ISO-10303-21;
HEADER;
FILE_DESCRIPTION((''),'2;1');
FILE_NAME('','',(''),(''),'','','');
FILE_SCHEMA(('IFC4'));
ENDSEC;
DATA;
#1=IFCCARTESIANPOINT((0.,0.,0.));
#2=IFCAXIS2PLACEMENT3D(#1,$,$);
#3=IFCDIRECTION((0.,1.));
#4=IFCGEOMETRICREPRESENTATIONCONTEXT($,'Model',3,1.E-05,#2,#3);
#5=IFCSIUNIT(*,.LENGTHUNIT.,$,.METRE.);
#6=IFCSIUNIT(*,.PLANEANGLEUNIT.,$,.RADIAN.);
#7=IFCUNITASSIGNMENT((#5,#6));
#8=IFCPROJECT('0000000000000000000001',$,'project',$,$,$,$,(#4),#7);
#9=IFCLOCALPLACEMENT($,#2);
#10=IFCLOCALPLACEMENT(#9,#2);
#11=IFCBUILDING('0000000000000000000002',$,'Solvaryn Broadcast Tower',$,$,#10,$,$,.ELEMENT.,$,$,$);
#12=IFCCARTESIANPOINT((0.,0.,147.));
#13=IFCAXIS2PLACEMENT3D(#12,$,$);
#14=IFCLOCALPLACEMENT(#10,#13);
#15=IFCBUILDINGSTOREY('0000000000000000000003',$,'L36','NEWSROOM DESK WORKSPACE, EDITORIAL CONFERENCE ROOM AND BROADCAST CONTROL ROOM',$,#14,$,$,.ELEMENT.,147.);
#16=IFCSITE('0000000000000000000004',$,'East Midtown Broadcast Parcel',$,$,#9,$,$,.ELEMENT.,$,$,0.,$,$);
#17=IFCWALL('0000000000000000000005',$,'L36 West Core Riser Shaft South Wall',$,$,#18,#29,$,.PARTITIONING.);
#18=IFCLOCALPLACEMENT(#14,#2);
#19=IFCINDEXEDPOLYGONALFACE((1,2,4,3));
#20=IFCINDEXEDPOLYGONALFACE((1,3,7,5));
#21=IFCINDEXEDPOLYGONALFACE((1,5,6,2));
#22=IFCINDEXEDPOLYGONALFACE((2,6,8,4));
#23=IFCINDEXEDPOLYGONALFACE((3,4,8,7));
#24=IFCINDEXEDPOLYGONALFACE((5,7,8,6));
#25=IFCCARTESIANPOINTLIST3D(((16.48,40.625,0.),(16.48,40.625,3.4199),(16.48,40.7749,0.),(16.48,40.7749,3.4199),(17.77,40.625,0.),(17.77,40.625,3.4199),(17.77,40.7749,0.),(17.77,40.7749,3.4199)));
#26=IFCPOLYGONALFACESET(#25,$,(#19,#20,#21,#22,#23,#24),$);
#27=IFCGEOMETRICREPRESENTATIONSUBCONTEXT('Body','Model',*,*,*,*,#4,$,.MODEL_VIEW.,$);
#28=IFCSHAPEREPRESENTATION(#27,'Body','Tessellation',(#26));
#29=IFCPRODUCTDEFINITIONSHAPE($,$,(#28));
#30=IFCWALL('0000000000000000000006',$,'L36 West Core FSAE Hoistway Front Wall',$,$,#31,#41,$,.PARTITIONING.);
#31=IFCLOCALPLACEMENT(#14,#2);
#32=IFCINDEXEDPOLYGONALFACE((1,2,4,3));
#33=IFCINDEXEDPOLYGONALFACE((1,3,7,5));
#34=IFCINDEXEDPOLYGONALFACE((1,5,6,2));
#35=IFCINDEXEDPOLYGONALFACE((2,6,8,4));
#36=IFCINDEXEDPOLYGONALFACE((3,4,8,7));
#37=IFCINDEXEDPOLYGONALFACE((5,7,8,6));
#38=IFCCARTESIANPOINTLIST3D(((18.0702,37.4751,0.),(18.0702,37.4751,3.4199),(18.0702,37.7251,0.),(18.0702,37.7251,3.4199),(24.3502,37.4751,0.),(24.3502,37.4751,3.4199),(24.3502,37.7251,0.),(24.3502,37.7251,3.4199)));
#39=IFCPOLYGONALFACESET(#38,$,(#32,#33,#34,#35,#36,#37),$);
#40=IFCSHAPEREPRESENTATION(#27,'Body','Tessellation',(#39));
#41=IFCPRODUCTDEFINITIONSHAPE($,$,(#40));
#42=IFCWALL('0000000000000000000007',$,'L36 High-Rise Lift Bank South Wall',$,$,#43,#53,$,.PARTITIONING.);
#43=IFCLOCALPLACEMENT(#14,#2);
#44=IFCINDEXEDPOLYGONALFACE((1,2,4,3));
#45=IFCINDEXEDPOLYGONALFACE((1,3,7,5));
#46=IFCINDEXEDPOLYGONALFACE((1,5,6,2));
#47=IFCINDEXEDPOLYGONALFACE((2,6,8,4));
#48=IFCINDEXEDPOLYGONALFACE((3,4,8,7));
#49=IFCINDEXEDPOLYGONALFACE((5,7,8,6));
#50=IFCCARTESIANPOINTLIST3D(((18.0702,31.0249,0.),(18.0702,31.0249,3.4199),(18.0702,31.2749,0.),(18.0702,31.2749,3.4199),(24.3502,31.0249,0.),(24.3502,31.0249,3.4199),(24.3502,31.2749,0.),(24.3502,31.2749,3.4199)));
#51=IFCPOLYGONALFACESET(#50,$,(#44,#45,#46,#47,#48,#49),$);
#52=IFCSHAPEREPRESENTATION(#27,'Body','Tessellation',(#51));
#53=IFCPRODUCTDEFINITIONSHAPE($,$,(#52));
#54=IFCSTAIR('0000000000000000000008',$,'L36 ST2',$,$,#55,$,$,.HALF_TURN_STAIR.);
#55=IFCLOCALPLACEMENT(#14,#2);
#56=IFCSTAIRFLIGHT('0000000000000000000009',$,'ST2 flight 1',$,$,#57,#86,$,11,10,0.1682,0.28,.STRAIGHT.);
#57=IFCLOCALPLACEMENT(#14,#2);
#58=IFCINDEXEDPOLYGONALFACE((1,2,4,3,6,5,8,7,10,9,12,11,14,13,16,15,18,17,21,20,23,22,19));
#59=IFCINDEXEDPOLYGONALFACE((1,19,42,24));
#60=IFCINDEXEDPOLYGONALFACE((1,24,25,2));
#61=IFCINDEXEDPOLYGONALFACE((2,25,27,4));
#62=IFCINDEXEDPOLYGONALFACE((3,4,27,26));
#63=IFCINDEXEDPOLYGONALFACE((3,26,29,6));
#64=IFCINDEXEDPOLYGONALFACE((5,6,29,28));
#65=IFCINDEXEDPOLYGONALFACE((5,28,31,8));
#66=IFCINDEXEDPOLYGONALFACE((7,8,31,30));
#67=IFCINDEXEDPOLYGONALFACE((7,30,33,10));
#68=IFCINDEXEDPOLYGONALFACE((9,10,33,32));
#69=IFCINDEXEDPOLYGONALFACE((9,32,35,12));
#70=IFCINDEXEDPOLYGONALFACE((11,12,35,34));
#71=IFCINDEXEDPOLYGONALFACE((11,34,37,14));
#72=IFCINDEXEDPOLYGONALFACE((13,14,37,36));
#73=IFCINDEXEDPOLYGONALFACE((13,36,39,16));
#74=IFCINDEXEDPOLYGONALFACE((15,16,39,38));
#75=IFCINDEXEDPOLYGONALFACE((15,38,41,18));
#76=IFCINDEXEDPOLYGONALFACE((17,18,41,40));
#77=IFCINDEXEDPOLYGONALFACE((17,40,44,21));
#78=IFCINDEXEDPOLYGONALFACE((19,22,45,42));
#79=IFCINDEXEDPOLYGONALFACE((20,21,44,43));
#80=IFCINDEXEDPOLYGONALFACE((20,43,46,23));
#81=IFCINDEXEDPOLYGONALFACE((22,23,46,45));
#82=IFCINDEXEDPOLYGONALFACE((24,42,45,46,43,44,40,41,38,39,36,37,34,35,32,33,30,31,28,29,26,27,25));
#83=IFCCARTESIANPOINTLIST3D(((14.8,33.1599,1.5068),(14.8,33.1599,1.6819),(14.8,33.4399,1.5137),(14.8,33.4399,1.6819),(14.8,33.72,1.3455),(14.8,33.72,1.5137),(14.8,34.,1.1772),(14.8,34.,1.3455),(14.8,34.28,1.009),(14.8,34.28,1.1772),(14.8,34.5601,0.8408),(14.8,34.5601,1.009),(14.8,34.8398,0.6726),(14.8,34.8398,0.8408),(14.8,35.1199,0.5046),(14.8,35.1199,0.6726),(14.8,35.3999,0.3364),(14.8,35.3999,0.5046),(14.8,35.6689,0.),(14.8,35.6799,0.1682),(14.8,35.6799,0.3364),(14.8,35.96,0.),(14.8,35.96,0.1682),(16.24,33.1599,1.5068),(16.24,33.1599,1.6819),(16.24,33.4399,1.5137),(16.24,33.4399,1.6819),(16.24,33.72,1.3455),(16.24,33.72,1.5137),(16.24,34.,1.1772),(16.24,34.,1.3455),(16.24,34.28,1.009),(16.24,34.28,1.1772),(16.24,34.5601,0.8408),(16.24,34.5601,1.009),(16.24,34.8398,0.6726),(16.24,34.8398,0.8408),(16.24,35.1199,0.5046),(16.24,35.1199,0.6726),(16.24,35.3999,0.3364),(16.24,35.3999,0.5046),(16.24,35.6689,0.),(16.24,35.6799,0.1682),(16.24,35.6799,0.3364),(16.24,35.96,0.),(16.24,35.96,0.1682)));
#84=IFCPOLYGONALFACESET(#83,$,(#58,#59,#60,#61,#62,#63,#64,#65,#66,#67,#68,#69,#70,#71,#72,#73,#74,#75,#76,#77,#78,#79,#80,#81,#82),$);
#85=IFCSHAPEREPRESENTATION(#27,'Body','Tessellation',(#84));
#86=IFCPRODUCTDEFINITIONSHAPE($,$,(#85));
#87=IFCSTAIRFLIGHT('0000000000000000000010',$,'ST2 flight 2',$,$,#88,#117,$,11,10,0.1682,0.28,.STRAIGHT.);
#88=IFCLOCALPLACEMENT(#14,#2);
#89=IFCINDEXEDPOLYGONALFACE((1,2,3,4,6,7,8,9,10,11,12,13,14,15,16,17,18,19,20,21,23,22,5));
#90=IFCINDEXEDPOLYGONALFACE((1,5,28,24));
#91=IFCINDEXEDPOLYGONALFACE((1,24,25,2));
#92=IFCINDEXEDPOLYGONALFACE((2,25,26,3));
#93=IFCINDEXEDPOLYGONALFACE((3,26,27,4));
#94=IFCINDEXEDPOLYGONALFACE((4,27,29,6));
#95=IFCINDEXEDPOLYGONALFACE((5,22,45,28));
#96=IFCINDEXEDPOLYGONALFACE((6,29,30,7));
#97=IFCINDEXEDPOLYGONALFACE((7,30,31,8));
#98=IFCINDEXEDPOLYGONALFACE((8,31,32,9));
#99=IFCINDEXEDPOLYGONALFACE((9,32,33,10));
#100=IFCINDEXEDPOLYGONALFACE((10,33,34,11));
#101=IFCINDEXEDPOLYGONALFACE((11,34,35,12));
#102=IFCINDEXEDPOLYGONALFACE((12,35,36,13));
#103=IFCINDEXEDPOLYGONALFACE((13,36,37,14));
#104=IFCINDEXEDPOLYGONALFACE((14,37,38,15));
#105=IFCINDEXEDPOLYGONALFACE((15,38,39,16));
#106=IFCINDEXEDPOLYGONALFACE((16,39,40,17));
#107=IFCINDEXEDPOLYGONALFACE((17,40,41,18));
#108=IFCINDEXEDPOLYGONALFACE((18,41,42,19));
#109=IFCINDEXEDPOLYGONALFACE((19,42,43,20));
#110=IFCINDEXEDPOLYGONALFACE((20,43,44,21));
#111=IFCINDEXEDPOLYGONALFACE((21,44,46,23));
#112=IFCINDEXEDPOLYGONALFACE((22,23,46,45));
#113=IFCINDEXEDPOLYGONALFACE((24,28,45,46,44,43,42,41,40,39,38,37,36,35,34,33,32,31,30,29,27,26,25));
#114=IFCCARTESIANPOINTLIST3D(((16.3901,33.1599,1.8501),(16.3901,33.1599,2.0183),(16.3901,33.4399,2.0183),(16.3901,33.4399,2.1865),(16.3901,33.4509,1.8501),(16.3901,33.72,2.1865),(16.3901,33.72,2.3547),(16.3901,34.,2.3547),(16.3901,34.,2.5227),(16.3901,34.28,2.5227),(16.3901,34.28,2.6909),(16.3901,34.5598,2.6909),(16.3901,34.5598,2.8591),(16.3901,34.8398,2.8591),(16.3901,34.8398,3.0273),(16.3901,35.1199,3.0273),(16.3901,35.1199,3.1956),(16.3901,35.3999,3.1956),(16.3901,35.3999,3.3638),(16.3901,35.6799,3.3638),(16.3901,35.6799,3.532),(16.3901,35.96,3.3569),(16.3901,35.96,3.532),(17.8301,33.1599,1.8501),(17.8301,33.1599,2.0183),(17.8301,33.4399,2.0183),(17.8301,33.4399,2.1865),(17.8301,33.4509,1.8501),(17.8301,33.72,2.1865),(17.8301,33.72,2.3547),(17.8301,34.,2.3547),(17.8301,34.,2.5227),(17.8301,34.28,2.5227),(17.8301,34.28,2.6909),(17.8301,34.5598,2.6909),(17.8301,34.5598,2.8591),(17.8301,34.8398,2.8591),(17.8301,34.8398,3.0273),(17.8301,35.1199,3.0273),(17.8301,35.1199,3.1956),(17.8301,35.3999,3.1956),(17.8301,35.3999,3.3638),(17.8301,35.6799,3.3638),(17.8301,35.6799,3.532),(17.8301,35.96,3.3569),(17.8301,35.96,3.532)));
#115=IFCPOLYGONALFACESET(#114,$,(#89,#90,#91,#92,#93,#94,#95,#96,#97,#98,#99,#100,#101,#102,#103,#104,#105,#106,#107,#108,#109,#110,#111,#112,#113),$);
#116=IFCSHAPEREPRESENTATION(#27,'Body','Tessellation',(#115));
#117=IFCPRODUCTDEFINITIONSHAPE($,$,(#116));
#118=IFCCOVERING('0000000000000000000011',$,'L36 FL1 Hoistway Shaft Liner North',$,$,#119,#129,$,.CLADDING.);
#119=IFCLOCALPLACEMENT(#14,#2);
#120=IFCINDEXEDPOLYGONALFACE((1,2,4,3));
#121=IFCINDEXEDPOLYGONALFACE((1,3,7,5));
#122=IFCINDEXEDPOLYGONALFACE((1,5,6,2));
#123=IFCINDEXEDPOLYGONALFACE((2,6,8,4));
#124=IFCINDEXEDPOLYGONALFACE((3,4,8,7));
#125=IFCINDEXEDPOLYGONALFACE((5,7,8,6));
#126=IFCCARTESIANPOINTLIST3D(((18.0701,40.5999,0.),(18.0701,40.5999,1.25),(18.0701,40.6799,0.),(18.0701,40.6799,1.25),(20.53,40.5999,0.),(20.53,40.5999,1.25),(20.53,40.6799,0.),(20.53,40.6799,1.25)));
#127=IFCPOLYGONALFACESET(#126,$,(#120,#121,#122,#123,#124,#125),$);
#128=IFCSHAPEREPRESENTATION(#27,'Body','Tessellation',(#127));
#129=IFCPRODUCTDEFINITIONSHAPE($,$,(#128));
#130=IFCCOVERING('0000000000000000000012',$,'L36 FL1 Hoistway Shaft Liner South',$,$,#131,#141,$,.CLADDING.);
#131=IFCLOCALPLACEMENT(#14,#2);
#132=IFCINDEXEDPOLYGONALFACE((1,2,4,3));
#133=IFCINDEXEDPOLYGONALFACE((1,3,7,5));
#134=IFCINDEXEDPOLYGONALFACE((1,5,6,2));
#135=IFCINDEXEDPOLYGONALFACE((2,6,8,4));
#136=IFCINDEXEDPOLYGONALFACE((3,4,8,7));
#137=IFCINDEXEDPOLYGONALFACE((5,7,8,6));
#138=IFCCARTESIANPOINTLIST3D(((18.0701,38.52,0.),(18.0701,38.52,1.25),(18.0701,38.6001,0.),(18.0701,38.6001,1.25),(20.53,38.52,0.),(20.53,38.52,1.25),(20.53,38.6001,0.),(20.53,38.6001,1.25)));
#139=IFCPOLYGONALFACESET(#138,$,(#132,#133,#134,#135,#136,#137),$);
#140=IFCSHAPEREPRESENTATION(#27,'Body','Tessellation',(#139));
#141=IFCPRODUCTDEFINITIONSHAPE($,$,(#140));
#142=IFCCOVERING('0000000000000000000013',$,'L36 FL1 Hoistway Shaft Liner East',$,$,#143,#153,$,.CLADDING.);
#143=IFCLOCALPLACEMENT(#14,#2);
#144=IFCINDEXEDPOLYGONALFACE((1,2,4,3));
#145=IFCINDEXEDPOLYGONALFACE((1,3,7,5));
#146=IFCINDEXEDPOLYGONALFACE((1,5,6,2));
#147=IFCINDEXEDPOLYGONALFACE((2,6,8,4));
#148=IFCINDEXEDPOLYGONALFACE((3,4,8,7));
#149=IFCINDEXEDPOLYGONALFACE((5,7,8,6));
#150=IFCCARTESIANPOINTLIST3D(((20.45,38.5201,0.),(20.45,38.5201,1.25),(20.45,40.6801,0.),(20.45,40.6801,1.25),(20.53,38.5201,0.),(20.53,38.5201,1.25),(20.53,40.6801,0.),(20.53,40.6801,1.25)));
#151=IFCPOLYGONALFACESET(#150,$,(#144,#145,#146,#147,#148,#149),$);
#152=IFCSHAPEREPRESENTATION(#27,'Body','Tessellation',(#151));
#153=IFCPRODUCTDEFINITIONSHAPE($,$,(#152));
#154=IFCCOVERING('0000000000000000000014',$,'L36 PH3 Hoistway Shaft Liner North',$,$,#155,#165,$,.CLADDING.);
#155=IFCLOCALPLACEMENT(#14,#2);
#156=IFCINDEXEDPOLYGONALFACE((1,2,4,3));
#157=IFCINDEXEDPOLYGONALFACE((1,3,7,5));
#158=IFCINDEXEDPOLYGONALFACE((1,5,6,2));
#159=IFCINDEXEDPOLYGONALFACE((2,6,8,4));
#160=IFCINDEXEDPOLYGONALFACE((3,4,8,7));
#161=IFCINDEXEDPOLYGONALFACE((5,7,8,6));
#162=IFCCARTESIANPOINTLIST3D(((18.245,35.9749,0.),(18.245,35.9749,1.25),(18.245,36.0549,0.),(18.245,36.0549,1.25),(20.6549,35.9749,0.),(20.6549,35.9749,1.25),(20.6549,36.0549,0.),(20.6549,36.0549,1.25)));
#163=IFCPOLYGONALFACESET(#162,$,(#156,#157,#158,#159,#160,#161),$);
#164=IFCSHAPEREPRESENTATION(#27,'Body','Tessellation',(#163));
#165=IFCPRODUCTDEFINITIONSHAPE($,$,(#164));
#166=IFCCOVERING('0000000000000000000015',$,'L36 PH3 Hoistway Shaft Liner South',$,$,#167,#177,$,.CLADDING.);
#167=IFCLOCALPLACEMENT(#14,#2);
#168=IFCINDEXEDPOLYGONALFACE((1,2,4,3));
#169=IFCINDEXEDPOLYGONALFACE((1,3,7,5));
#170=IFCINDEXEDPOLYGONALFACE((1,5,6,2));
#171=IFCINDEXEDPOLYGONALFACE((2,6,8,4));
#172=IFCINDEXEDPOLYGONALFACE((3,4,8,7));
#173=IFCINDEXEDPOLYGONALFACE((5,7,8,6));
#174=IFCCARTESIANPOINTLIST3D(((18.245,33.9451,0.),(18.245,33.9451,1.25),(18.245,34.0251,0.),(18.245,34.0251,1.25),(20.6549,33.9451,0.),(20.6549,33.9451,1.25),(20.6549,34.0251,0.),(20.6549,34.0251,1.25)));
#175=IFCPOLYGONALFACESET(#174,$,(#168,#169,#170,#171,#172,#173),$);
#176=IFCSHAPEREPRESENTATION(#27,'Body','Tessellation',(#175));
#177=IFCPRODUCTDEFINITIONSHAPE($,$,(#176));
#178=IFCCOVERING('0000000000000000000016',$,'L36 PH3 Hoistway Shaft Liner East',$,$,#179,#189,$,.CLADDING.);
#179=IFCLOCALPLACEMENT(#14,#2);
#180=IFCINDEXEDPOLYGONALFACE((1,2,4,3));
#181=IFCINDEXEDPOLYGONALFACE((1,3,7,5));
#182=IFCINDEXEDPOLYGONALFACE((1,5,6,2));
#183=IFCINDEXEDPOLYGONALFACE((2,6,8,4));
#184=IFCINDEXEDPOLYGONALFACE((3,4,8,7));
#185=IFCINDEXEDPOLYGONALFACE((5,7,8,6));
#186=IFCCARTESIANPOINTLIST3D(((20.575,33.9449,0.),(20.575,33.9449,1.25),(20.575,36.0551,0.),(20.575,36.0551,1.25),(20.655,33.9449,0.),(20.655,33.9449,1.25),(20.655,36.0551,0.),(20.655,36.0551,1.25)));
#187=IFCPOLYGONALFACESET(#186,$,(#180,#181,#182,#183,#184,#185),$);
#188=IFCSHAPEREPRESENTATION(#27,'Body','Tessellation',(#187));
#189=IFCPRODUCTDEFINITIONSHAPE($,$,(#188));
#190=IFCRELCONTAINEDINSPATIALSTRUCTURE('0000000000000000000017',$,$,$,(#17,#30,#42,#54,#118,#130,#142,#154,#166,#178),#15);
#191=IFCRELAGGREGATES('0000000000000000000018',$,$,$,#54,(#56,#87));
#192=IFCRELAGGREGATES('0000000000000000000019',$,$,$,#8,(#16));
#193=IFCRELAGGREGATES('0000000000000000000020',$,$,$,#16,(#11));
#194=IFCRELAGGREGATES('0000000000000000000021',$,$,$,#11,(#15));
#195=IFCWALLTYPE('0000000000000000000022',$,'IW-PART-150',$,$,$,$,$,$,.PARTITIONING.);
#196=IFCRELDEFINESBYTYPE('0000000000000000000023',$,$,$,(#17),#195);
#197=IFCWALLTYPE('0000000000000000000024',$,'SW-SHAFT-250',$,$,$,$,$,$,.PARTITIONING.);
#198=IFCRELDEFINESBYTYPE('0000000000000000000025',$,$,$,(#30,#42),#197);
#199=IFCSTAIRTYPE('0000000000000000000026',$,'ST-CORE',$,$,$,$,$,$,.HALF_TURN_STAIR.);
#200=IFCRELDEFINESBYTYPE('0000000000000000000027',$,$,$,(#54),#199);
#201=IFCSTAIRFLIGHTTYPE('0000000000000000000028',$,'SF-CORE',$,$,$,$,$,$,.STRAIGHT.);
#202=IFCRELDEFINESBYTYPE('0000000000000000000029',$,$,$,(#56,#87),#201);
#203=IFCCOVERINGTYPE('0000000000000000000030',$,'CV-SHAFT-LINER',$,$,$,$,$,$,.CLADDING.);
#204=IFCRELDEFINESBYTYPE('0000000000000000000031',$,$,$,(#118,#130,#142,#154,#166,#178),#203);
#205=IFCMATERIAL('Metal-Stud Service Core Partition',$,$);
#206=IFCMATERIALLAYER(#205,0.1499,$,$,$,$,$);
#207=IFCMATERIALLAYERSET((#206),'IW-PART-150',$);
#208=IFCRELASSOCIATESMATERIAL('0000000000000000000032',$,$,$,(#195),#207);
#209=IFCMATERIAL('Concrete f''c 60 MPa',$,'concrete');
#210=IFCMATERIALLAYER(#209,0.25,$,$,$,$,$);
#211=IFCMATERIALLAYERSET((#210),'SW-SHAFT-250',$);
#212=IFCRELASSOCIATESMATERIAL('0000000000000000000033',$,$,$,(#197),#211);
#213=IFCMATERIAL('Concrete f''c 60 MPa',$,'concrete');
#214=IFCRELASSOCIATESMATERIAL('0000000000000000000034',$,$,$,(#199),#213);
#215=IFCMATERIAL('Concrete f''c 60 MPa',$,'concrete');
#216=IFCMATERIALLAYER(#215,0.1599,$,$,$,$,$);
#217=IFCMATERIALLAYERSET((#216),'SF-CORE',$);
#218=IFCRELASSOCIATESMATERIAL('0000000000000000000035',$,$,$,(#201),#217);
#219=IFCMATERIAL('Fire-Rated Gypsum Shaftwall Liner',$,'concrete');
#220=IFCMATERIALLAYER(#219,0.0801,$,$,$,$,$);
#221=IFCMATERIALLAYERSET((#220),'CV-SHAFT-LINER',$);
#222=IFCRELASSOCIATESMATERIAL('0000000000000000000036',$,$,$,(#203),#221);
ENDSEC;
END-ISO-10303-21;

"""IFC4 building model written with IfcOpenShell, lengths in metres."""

from ifc_helpers import new_model, si_unit, direction, frame, frame_2d, origin, origin_2d, place, context, subcontext, project, spatial, polyline, rectangle, outline, extrude, material, layer, layer_set, type_object, element, aggregate, save


model = new_model("IFC4")

# Units and contexts
model_context = context("Model", 3, precision=1e-05, world=origin(), true_north=direction((0.0, 1.0)))
body_context = subcontext(model_context, "Body", "Model", "MODEL_VIEW")
ifc_project = project(units=[si_unit("LENGTHUNIT", "METRE"), si_unit("PLANEANGLEUNIT", "RADIAN")], contexts=[model_context])

# Site, building, storey
site_placement = place(None, origin())
site = spatial("IfcSite", under=ifc_project, at=site_placement, Name="East Midtown Broadcast Parcel", CompositionType="ELEMENT", RefElevation=0.0)
building_placement = place(site_placement, origin())
building = spatial("IfcBuilding", under=site, at=building_placement, Name="Solvaryn Broadcast Tower", CompositionType="ELEMENT")
storey_placement = place(building_placement, frame((0.0, 0.0, 147.0)))
storey = spatial("IfcBuildingStorey", under=building, at=storey_placement, Name="L36", Description="NEWSROOM DESK WORKSPACE, EDITORIAL CONFERENCE ROOM AND BROADCAST CONTROL ROOM", CompositionType="ELEMENT", Elevation=147.0)

# Walls
ifc_material_1 = material(Name="Metal-Stud Service Core Partition")
ifc_layer_1 = layer(ifc_material_1, 0.1499)
ifc_layer_set_1 = layer_set([ifc_layer_1], Name="IW-PART-150")
wall_type_1 = type_object("IfcWallType", Name="IW-PART-150", PredefinedType="PARTITIONING", material=ifc_layer_set_1)
wall_1_placement = place(storey_placement, frame((16.48, 40.7, 0.0), z_axis=(0.0, 0.0, 1.0), x_axis=(1.0, 0.0, 0.0)))
element("IfcWall", 1, at=wall_1_placement, inside=storey, type_object=wall_type_1, Name="L36 West Core Riser Shaft South Wall", PredefinedType="PARTITIONING", context=body_context, shape_type="SweptSolid", body=[
    extrude(rectangle(XDim=1.29, YDim=0.1499, at=frame_2d((0.645, 0.0))), origin(), (0.0, 0.0, 1.0), 3.4199),
])
ifc_material_2 = material(Name="Concrete f'c 60 MPa", Category="concrete")
ifc_layer_2 = layer(ifc_material_2, 0.25)
ifc_layer_set_2 = layer_set([ifc_layer_2], Name="SW-SHAFT-250")
wall_type_2 = type_object("IfcWallType", Name="SW-SHAFT-250", PredefinedType="PARTITIONING", material=ifc_layer_set_2)
for number, where, z_axis, x_axis, name in (
    (2, (18.0701, 37.6001, 0.0), (0.0, 0.0, 1.0), (1.0, 0.0, 0.0), "L36 West Core FSAE Hoistway Front Wall"),
    (3, (18.0701, 31.1499, 0.0), (0.0, 0.0, 1.0), (1.0, 0.0, 0.0), "L36 High-Rise Lift Bank South Wall"),
):
    element("IfcWall", number, at=place(storey_placement, frame(where, z_axis=z_axis, x_axis=x_axis)), inside=storey, type_object=wall_type_2, Name=name, PredefinedType="PARTITIONING", context=body_context, shape_type="SweptSolid", body=[
        extrude(rectangle(XDim=6.28, YDim=0.25, at=frame_2d((3.1401, 0.0))), origin(), (0.0, 0.0, 1.0), 3.4199),
    ])

# Stair, stair flights
ifc_material_3 = material(Name="Concrete f'c 60 MPa", Category="concrete")
stair_type = type_object("IfcStairType", Name="ST-CORE", PredefinedType="HALF_TURN_STAIR", material=ifc_material_3)
stair_placement = place(storey_placement, origin())
stair = element("IfcStair", 4, at=stair_placement, inside=storey, type_object=stair_type, Name="L36 ST2", PredefinedType="HALF_TURN_STAIR")
ifc_material_4 = material(Name="Concrete f'c 60 MPa", Category="concrete")
ifc_layer_3 = layer(ifc_material_4, 0.1599)
ifc_layer_set_3 = layer_set([ifc_layer_3], Name="SF-CORE")
stair_flight_type = type_object("IfcStairFlightType", Name="SF-CORE", PredefinedType="STRAIGHT", material=ifc_layer_set_3)
stair_flight_1_placement = place(storey_placement, frame((15.52, 35.96, 0.0), z_axis=(0.0, 0.0, 1.0), x_axis=(0.0, -1.0, 0.0)))
stair_flight_1 = element("IfcStairFlight", 5, at=stair_flight_1_placement, type_object=stair_flight_type, Name="ST2 flight 1", NumberOfRisers=11, NumberOfTreads=10, PredefinedType="STRAIGHT", RiserHeight=0.1682, TreadLength=0.28, context=body_context, shape_type="SweptSolid", body=[
    extrude(outline(polyline([(0.0, 0.0), (0.0, 0.1682), (0.28, 0.1682), (0.28, 0.3364), (0.5601, 0.3364), (0.5601, 0.5046), (0.8401, 0.5046), (0.8401, 0.6726), (1.1201, 0.6726), (1.1201, 0.8408), (1.3999, 0.8408), (1.3999, 1.009), (1.6799, 1.009), (1.6799, 1.1772), (1.96, 1.1772), (1.96, 1.3455), (2.24, 1.3455), (2.24, 1.5137), (2.52, 1.5137), (2.52, 1.6819), (2.8, 1.6819), (2.8, 1.8501), (2.8, 1.5068), (0.291, 0.0), (0.0, 0.0)])), frame((0.0, 0.72, 0.0), z_axis=(0.0, -1.0, 0.0), x_axis=(1.0, 0.0, 0.0)), (0.0, 0.0, 1.0), 1.4399),
])
stair_flight_2_placement = place(storey_placement, frame((17.1101, 33.1599, 1.8501), z_axis=(0.0, 0.0, 1.0), x_axis=(0.0, 1.0, 0.0)))
stair_flight_2 = element("IfcStairFlight", 6, at=stair_flight_2_placement, type_object=stair_flight_type, Name="ST2 flight 2", NumberOfRisers=11, NumberOfTreads=10, PredefinedType="STRAIGHT", RiserHeight=0.1682, TreadLength=0.28, context=body_context, shape_type="SweptSolid", body=[
    extrude(outline(polyline([(0.0, 0.0), (0.0, 0.1682), (0.28, 0.1682), (0.28, 0.3364), (0.5601, 0.3364), (0.5601, 0.5046), (0.8401, 0.5046), (0.8401, 0.6726), (1.1201, 0.6726), (1.1201, 0.8408), (1.3999, 0.8408), (1.3999, 1.009), (1.6799, 1.009), (1.6799, 1.1772), (1.96, 1.1772), (1.96, 1.3455), (2.24, 1.3455), (2.24, 1.5137), (2.52, 1.5137), (2.52, 1.6819), (2.8, 1.6819), (2.8, 1.8501), (2.8, 1.5068), (0.291, 0.0), (0.0, 0.0)])), frame((0.0, 0.72, 0.0), z_axis=(0.0, -1.0, 0.0), x_axis=(1.0, 0.0, 0.0)), (0.0, 0.0, 1.0), 1.4399),
])
aggregate(stair, [stair_flight_1, stair_flight_2])

# Coverings
ifc_material_5 = material(Name="Fire-Rated Gypsum Shaftwall Liner", Category="concrete")
ifc_layer_4 = layer(ifc_material_5, 0.0801)
ifc_layer_set_4 = layer_set([ifc_layer_4], Name="CV-SHAFT-LINER")
covering_type = type_object("IfcCoveringType", Name="CV-SHAFT-LINER", PredefinedType="CLADDING", material=ifc_layer_set_4)
for number, where, z_axis, x_axis, name in (
    (7, (19.3, 40.6399, 0.0), (0.0, 0.0, 1.0), (1.0, 0.0, 0.0), "L36 FL1 Hoistway Shaft Liner North"),
    (8, (19.3, 38.5601, 0.0), (0.0, 0.0, 1.0), (1.0, 0.0, 0.0), "L36 FL1 Hoistway Shaft Liner South"),
):
    element("IfcCovering", number, at=place(storey_placement, frame(where, z_axis=z_axis, x_axis=x_axis)), inside=storey, type_object=covering_type, Name=name, PredefinedType="CLADDING", context=body_context, shape_type="SweptSolid", body=[
        extrude(rectangle(XDim=2.46, YDim=0.0801, at=origin_2d()), origin(), (0.0, 0.0, 1.0), 1.25),
    ])
covering_1_placement = place(storey_placement, frame((20.49, 39.6001, 0.0), z_axis=(0.0, 0.0, 1.0), x_axis=(1.0, 0.0, 0.0)))
element("IfcCovering", 9, at=covering_1_placement, inside=storey, type_object=covering_type, Name="L36 FL1 Hoistway Shaft Liner East", PredefinedType="CLADDING", context=body_context, shape_type="SweptSolid", body=[
    extrude(rectangle(XDim=0.0801, YDim=2.1599, at=origin_2d()), origin(), (0.0, 0.0, 1.0), 1.25),
])
for number, where, z_axis, x_axis, name in (
    (10, (19.45, 36.0149, 0.0), (0.0, 0.0, 1.0), (1.0, 0.0, 0.0), "L36 PH3 Hoistway Shaft Liner North"),
    (11, (19.45, 33.9851, 0.0), (0.0, 0.0, 1.0), (1.0, 0.0, 0.0), "L36 PH3 Hoistway Shaft Liner South"),
):
    element("IfcCovering", number, at=place(storey_placement, frame(where, z_axis=z_axis, x_axis=x_axis)), inside=storey, type_object=covering_type, Name=name, PredefinedType="CLADDING", context=body_context, shape_type="SweptSolid", body=[
        extrude(rectangle(XDim=2.4099, YDim=0.0801, at=origin_2d()), origin(), (0.0, 0.0, 1.0), 1.25),
    ])
for number, where, z_axis, x_axis, name in (
    (12, (20.615, 35.0, 0.0), (0.0, 0.0, 1.0), (1.0, 0.0, 0.0), "L36 PH3 Hoistway Shaft Liner East"),
):
    element("IfcCovering", number, at=place(storey_placement, frame(where, z_axis=z_axis, x_axis=x_axis)), inside=storey, type_object=covering_type, Name=name, PredefinedType="CLADDING", context=body_context, shape_type="SweptSolid", body=[
        extrude(rectangle(XDim=0.0801, YDim=2.1101, at=origin_2d()), origin(), (0.0, 0.0, 1.0), 1.25),
    ])

save(model, "model.ifc")
